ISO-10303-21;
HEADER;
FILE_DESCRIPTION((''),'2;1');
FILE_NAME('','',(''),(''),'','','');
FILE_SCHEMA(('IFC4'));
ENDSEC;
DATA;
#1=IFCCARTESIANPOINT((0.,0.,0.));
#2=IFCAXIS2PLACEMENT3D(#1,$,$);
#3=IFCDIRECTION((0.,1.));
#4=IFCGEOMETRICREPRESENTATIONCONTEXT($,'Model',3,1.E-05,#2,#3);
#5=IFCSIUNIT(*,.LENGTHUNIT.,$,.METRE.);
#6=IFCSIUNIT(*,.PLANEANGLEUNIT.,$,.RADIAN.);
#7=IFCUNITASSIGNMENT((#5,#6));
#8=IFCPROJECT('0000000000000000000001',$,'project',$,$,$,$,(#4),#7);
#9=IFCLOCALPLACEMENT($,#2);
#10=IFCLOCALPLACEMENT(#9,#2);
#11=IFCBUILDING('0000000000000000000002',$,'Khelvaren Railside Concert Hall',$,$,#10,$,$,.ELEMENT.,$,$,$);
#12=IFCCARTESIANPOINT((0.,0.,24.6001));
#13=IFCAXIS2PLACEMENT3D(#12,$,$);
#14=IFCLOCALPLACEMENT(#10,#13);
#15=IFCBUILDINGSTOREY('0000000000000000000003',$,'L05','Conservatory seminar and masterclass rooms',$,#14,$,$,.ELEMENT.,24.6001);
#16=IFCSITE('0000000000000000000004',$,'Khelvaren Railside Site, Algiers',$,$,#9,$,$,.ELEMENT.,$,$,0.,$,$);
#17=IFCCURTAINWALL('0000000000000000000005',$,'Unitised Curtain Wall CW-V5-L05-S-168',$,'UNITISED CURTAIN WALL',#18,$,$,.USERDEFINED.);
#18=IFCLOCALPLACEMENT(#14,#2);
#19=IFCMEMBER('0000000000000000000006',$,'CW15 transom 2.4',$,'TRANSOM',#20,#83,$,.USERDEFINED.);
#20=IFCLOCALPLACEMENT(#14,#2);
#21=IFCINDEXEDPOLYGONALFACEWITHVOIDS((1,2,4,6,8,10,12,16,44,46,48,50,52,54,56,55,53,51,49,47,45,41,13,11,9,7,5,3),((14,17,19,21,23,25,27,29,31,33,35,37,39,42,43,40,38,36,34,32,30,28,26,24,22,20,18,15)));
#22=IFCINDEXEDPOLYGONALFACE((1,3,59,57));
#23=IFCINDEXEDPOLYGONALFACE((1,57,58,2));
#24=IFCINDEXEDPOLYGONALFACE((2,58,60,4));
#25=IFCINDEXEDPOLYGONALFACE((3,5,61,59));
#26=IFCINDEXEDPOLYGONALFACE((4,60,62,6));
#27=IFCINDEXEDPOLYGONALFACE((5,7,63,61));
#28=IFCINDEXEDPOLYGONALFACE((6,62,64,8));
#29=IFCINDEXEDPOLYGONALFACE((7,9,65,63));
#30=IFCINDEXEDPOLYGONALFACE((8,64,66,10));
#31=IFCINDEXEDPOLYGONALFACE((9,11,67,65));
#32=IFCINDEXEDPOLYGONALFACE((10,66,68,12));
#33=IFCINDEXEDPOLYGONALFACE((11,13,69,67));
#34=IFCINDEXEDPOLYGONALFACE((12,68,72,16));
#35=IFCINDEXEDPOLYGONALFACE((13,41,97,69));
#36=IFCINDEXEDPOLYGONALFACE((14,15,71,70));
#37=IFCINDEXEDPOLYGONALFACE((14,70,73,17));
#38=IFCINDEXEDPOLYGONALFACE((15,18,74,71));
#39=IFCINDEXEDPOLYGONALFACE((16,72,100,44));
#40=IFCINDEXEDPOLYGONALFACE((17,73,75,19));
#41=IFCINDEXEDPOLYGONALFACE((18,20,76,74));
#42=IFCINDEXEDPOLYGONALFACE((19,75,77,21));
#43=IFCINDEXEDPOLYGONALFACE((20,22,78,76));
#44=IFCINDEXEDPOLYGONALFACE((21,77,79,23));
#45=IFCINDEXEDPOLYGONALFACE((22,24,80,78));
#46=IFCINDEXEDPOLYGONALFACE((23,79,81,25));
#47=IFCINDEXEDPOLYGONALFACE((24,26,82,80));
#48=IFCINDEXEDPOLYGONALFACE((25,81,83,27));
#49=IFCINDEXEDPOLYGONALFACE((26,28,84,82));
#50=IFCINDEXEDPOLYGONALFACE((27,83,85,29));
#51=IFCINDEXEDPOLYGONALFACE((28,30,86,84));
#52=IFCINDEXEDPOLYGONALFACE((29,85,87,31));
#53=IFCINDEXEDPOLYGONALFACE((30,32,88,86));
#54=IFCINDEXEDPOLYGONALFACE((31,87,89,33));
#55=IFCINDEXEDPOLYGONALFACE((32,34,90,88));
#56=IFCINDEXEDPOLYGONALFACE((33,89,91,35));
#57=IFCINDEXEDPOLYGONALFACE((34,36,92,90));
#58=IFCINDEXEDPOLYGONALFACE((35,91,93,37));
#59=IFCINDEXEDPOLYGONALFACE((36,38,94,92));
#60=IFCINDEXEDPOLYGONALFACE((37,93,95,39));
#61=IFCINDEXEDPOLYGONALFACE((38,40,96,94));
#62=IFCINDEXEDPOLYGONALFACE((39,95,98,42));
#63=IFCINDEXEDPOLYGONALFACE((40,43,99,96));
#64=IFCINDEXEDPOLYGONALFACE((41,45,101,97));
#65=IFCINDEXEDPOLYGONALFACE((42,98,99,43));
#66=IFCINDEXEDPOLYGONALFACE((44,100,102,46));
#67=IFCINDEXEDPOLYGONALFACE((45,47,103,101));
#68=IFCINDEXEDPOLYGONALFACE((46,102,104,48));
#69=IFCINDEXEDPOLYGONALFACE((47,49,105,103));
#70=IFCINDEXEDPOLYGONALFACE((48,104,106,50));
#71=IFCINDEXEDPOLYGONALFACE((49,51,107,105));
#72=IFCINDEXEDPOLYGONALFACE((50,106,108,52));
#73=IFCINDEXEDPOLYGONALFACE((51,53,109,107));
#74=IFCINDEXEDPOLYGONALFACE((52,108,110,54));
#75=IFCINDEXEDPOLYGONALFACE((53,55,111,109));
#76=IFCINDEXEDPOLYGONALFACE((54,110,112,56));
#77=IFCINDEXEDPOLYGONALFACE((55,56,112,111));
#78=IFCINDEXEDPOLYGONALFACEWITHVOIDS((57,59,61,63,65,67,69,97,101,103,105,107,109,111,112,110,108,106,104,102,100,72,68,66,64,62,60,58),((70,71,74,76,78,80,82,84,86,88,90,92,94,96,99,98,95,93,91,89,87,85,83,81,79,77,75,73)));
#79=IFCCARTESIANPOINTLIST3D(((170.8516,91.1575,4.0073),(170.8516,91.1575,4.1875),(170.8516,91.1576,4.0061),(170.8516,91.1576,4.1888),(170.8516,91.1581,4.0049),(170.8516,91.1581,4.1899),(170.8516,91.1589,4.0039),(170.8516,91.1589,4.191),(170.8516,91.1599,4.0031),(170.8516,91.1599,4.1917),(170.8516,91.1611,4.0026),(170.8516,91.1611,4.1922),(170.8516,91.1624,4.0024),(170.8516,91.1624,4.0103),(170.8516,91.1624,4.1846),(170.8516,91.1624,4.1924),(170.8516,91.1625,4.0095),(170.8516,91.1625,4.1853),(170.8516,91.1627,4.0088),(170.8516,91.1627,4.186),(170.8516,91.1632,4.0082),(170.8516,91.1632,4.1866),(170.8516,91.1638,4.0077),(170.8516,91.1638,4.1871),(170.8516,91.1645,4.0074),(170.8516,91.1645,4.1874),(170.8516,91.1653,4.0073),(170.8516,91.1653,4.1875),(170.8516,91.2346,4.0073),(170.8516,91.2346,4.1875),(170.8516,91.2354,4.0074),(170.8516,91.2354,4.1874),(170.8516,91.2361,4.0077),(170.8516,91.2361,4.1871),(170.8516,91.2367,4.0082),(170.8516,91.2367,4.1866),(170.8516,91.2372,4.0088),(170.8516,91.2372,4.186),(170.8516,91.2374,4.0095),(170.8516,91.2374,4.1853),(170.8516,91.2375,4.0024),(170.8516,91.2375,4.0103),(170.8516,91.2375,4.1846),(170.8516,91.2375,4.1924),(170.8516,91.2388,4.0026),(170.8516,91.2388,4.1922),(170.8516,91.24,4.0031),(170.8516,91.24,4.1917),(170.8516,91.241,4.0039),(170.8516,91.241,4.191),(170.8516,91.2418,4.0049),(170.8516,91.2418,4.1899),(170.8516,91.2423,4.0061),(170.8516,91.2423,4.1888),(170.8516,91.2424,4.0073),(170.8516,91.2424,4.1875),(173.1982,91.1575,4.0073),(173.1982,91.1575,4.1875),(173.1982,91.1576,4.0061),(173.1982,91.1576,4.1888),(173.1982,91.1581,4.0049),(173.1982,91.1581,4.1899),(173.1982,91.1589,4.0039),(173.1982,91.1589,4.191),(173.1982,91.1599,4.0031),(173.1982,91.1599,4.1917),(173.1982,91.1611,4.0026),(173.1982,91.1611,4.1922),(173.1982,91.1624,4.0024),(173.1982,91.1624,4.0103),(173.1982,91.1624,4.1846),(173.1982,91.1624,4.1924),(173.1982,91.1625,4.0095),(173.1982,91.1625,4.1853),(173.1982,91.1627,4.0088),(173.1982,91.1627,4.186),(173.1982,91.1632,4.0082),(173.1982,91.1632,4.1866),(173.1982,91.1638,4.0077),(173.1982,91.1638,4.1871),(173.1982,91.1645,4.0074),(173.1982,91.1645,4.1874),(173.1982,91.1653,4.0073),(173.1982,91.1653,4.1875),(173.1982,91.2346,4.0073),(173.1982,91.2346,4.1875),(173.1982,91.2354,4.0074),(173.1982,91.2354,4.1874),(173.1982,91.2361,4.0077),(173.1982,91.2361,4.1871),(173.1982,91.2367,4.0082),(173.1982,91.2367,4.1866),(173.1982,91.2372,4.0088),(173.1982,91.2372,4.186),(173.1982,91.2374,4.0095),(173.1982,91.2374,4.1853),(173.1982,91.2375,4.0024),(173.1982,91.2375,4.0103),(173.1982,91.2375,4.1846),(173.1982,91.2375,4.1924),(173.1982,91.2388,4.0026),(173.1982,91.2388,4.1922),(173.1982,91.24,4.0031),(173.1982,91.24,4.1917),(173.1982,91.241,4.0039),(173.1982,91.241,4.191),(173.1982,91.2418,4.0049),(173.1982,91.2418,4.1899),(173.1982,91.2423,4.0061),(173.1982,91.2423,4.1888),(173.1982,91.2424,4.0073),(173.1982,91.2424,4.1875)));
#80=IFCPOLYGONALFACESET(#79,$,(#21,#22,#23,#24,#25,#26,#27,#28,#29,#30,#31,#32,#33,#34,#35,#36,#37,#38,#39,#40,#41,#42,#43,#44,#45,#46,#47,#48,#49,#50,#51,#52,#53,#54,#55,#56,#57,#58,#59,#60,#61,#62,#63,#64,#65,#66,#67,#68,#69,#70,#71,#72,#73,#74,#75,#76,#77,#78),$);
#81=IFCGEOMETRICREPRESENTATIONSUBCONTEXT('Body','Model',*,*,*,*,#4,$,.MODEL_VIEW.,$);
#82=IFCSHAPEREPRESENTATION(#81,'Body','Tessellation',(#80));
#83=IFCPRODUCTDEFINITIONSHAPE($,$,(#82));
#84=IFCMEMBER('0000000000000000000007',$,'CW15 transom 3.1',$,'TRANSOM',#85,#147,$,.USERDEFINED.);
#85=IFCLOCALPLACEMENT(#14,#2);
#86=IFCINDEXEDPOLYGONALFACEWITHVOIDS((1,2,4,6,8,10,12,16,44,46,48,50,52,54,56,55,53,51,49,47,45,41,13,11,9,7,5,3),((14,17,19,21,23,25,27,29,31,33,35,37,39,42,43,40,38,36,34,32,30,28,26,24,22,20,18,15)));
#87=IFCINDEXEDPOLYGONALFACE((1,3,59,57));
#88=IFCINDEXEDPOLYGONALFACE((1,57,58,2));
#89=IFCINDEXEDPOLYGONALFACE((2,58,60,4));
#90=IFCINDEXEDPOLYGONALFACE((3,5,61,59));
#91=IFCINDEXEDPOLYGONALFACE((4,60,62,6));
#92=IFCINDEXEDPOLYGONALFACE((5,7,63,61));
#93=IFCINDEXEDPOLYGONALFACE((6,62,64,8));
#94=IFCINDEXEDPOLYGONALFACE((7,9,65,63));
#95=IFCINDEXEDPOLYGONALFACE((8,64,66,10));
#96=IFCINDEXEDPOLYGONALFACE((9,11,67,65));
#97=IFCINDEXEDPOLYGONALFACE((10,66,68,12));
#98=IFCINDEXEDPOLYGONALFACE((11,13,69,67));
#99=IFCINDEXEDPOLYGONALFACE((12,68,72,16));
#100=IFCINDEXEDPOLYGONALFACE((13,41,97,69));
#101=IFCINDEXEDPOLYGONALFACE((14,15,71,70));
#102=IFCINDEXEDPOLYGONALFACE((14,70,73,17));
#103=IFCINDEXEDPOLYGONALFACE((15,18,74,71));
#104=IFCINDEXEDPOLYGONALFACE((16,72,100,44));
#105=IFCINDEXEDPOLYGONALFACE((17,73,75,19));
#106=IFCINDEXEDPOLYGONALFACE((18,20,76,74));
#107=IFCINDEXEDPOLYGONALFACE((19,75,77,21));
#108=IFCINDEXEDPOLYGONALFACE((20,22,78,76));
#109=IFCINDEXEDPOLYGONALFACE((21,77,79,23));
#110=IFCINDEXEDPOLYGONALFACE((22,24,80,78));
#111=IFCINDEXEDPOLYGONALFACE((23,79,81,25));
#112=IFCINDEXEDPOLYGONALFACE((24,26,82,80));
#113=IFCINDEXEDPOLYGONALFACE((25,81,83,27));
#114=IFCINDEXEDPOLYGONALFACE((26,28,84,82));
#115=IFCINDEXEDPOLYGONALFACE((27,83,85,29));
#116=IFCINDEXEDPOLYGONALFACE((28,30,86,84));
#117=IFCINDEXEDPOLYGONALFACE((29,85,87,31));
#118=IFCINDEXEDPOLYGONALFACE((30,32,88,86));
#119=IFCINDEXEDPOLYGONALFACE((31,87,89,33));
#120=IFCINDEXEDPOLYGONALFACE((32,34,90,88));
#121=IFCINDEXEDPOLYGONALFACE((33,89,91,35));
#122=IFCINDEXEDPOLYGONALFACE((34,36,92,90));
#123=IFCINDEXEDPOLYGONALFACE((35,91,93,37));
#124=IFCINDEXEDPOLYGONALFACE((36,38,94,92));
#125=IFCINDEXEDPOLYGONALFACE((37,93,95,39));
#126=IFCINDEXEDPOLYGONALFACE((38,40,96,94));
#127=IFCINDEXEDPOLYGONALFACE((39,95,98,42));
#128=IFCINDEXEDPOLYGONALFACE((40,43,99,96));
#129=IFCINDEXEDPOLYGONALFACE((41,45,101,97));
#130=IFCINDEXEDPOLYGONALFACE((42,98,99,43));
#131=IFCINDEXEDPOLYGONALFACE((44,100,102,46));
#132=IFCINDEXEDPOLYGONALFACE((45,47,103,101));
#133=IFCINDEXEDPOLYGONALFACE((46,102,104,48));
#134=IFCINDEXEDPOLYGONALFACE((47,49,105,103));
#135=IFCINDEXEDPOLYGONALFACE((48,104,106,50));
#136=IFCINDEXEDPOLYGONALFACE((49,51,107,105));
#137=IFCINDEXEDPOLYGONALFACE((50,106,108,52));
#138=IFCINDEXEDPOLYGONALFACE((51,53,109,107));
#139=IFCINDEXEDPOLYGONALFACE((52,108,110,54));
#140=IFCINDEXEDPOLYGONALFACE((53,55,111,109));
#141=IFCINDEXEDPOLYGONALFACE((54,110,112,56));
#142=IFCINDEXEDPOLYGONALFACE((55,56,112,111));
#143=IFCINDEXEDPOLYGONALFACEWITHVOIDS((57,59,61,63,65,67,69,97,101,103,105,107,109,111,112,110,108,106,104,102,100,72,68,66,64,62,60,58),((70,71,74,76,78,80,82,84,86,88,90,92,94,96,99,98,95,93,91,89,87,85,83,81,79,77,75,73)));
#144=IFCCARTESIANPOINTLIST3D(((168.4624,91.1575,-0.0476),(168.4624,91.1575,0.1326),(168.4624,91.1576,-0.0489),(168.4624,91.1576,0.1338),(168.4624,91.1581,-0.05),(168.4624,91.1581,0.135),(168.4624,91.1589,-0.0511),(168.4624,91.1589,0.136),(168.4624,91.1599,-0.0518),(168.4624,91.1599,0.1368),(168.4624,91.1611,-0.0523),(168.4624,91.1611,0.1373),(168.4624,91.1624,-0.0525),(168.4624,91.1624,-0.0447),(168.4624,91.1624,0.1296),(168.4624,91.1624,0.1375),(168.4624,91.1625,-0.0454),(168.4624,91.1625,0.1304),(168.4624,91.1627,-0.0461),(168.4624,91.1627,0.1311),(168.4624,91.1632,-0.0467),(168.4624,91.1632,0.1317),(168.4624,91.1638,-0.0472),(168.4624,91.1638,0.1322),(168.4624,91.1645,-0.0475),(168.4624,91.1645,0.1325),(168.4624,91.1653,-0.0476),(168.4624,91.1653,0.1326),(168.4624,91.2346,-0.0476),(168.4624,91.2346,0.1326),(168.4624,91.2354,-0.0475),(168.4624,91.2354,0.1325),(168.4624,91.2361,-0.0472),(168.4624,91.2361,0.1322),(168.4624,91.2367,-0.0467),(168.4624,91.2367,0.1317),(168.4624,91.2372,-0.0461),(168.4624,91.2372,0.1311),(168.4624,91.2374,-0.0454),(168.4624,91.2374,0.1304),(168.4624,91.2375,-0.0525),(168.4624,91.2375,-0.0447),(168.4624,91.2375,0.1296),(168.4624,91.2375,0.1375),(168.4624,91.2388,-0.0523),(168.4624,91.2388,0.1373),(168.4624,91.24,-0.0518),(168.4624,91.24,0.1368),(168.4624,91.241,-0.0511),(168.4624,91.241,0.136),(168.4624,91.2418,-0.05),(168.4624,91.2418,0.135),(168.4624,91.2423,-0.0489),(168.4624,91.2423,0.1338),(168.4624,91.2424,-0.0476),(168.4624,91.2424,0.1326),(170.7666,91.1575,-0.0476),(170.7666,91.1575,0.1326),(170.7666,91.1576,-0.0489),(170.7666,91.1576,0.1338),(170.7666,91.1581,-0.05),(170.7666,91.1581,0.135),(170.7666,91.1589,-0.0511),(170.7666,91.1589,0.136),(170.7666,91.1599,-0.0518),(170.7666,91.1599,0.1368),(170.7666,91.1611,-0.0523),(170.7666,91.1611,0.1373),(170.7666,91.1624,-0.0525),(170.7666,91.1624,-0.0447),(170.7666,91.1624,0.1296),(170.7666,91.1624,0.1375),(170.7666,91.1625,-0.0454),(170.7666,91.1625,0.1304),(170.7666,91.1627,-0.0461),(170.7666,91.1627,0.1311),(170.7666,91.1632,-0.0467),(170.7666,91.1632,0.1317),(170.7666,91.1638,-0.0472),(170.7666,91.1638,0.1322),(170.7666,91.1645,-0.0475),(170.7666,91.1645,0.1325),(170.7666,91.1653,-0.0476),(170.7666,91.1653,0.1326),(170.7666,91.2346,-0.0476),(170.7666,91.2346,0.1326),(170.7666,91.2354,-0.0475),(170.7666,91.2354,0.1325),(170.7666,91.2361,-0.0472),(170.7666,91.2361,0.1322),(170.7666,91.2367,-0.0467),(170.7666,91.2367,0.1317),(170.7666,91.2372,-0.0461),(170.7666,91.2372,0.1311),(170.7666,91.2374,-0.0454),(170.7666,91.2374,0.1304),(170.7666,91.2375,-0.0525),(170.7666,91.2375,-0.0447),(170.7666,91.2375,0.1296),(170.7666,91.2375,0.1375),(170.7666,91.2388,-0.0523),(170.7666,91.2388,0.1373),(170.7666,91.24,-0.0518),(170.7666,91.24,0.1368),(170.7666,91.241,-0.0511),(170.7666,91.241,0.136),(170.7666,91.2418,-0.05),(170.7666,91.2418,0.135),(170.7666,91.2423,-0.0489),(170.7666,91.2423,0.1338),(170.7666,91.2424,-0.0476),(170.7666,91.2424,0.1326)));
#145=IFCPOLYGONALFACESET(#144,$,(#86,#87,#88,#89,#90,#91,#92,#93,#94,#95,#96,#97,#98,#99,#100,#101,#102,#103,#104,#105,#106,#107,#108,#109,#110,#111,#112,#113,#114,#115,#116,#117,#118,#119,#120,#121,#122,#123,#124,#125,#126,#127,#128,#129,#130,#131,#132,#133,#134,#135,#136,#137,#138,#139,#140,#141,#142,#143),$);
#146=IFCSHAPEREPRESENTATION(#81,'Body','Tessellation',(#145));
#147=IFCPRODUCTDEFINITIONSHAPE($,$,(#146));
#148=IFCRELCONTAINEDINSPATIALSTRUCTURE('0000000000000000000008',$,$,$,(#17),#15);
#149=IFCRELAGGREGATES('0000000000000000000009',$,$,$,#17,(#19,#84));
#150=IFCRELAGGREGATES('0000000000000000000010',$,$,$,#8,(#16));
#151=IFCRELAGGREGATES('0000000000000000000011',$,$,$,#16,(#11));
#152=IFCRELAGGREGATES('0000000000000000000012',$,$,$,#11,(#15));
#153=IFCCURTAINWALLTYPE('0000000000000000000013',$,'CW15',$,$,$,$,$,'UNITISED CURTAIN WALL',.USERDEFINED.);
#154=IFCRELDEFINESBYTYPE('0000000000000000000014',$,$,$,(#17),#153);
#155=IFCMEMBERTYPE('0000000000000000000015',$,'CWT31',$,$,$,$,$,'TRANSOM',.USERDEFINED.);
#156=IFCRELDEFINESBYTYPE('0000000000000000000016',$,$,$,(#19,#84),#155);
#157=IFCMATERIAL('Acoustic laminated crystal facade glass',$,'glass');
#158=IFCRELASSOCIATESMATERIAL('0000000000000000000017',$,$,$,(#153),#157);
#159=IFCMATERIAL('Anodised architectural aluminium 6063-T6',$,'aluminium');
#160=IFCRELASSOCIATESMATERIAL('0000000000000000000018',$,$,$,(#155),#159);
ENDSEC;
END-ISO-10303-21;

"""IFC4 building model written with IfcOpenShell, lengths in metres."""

from ifc_helpers import new_model, si_unit, direction, frame, origin, origin_2d, place, context, subcontext, project, spatial, hollow_rectangle, extrude, material, material_profile, profile_set, type_object, element, aggregate, save


model = new_model("IFC4")

# Units and contexts
model_context = context("Model", 3, precision=1e-05, world=origin(), true_north=direction((0.0, 1.0)))
body_context = subcontext(model_context, "Body", "Model", "MODEL_VIEW")
ifc_project = project(units=[si_unit("LENGTHUNIT", "METRE"), si_unit("PLANEANGLEUNIT", "RADIAN")], contexts=[model_context])

# Site, building, storey
site_placement = place(None, origin())
site = spatial("IfcSite", under=ifc_project, at=site_placement, Name="Khelvaren Railside Site, Algiers", CompositionType="ELEMENT", RefElevation=0.0)
building_placement = place(site_placement, origin())
building = spatial("IfcBuilding", under=site, at=building_placement, Name="Khelvaren Railside Concert Hall", CompositionType="ELEMENT")
storey_placement = place(building_placement, frame((0.0, 0.0, 24.6001)))
storey = spatial("IfcBuildingStorey", under=building, at=storey_placement, Name="L05", Description="Conservatory seminar and masterclass rooms", CompositionType="ELEMENT", Elevation=24.6001)

# Curtain wall, members
ifc_material_1 = material(Name="Acoustic laminated crystal facade glass", Category="glass")
curtain_wall_type = type_object("IfcCurtainWallType", Name="CW15", ElementType="UNITISED CURTAIN WALL", PredefinedType="USERDEFINED", material=ifc_material_1)
curtain_wall_placement = place(storey_placement, origin())
curtain_wall = element("IfcCurtainWall", 1, at=curtain_wall_placement, inside=storey, type_object=curtain_wall_type, Name="Unitised Curtain Wall CW-V5-L05-S-168", ObjectType="UNITISED CURTAIN WALL", PredefinedType="USERDEFINED")
ifc_material_2 = material(Name="Anodised architectural aluminium 6063-T6", Category="aluminium")
ifc_material_profile_1 = material_profile(ifc_material_2, hollow_rectangle(XDim=0.085, YDim=0.1899, WallThickness=0.0049, InnerFilletRadius=0.0029, OuterFilletRadius=0.0049, at=origin_2d()), Name="CWT 85x190x5")
ifc_profile_set_1 = profile_set([ifc_material_profile_1], Name="Anodised architectural aluminium 6063-T6")
member_type_1 = type_object("IfcMemberType", Name="CWT31", ElementType="TRANSOM", PredefinedType="USERDEFINED", material=ifc_profile_set_1)
member_1_placement = place(storey_placement, frame((173.1982, 91.2, 4.0974), z_axis=(-1.0, 0.0, 0.0), x_axis=(0.0, -1.0, 0.0)))
member_1 = element("IfcMember", 2, at=member_1_placement, type_object=member_type_1, Name="CW15 transom 2.4", ObjectType="TRANSOM", PredefinedType="USERDEFINED", context=body_context, shape_type="SweptSolid", body=[
    extrude(hollow_rectangle(XDim=0.085, YDim=0.1899, WallThickness=0.0049, InnerFilletRadius=0.0029, OuterFilletRadius=0.0049, at=origin_2d()), origin(), (0.0, 0.0, 1.0), 2.3467),
])
member_2_placement = place(storey_placement, frame((170.7666, 91.2, 0.0425), z_axis=(-1.0, 0.0, 0.0), x_axis=(0.0, -1.0, 0.0)))
member_2 = element("IfcMember", 3, at=member_2_placement, type_object=member_type_1, Name="CW15 transom 3.1", ObjectType="TRANSOM", PredefinedType="USERDEFINED", context=body_context, shape_type="SweptSolid", body=[
    extrude(hollow_rectangle(XDim=0.085, YDim=0.1899, WallThickness=0.0049, InnerFilletRadius=0.0029, OuterFilletRadius=0.0049, at=origin_2d()), origin(), (0.0, 0.0, 1.0), 2.3042),
])

aggregate(curtain_wall, [member_1, member_2])

save(model, "model.ifc")
